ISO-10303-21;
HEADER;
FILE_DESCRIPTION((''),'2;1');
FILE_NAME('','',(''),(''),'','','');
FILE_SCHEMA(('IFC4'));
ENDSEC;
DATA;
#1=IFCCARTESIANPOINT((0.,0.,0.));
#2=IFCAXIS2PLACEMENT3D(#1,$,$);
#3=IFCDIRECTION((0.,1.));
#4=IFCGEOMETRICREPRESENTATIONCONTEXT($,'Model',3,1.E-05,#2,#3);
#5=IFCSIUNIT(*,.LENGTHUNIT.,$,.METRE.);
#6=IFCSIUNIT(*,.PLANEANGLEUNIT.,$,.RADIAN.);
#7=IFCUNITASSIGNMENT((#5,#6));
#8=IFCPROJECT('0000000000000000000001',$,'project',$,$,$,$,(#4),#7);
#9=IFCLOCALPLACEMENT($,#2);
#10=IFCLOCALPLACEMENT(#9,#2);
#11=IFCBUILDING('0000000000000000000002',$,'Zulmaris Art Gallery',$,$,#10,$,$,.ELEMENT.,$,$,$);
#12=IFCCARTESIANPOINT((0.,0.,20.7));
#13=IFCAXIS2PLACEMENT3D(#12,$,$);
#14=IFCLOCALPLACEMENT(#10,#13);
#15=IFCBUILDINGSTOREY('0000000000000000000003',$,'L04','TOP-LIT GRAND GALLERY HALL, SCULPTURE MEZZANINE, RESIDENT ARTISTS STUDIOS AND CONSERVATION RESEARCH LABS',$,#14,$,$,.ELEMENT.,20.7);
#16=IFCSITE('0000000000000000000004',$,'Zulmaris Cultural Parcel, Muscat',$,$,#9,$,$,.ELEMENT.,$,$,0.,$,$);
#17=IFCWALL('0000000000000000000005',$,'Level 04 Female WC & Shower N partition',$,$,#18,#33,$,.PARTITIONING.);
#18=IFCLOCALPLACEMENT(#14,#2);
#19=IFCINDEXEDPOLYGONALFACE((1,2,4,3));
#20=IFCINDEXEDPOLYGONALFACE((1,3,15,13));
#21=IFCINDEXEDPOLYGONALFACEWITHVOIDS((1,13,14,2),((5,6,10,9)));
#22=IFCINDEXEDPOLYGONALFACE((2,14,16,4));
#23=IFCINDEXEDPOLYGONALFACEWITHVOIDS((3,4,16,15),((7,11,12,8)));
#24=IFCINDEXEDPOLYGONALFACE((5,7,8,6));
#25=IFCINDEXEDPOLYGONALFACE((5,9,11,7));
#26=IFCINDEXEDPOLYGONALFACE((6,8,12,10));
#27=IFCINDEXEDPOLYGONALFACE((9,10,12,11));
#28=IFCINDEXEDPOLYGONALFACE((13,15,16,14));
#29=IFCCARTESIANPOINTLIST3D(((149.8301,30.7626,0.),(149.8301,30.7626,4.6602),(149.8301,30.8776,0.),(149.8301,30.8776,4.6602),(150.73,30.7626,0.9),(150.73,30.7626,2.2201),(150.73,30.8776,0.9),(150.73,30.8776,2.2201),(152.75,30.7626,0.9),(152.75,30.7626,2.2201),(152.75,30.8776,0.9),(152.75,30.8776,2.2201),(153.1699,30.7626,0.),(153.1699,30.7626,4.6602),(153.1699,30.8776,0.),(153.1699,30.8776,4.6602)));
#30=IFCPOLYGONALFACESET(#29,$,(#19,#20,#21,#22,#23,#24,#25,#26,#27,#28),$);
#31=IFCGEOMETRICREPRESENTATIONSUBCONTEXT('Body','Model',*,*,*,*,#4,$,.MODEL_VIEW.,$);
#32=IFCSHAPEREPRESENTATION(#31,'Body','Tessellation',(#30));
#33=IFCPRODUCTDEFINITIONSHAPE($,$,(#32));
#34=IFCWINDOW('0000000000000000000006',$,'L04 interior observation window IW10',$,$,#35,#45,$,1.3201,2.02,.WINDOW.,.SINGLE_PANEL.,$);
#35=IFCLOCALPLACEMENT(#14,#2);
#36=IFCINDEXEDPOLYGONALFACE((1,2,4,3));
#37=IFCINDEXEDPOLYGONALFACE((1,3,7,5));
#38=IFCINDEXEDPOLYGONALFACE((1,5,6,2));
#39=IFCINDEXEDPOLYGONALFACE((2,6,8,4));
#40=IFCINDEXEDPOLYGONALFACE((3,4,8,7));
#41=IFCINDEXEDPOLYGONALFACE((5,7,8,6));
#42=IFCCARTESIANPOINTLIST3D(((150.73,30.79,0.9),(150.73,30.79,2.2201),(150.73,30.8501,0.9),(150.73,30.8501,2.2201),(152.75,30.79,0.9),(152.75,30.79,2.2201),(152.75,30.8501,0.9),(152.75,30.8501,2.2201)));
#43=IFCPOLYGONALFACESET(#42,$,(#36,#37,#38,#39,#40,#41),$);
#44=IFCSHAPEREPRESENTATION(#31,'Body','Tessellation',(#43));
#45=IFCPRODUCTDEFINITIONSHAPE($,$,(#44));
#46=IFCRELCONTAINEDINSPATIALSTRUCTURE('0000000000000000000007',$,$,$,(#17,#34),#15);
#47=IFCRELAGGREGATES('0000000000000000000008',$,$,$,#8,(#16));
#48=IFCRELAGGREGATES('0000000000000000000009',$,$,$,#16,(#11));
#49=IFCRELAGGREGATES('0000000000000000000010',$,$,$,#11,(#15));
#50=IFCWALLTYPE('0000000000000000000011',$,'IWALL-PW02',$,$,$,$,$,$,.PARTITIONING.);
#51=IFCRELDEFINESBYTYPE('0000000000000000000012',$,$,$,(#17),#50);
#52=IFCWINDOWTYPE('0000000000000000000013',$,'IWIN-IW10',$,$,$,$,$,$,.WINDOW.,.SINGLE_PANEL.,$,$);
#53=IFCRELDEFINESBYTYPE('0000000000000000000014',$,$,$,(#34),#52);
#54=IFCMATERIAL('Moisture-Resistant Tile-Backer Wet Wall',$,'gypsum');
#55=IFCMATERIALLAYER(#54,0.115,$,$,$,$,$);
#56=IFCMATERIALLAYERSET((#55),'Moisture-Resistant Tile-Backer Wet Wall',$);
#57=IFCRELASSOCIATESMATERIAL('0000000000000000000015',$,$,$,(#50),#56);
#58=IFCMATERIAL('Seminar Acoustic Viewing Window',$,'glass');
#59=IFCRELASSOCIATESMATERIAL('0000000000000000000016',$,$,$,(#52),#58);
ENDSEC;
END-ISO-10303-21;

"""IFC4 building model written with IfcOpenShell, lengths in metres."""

from ifc_helpers import new_model, si_unit, direction, frame, frame_2d, origin, place, context, subcontext, project, spatial, rectangle, extrude, material, layer, layer_set, type_object, element, fill, save


model = new_model("IFC4")

# Units and contexts
model_context = context("Model", 3, precision=1e-05, world=origin(), true_north=direction((0.0, 1.0)))
body_context = subcontext(model_context, "Body", "Model", "MODEL_VIEW")
ifc_project = project(units=[si_unit("LENGTHUNIT", "METRE"), si_unit("PLANEANGLEUNIT", "RADIAN")], contexts=[model_context])

# Site, building, storey
site_placement = place(None, origin())
site = spatial("IfcSite", under=ifc_project, at=site_placement, Name="Zulmaris Cultural Parcel, Muscat", CompositionType="ELEMENT", RefElevation=0.0)
building_placement = place(site_placement, origin())
building = spatial("IfcBuilding", under=site, at=building_placement, Name="Zulmaris Art Gallery", CompositionType="ELEMENT")
storey_placement = place(building_placement, frame((0.0, 0.0, 20.7)))
storey = spatial("IfcBuildingStorey", under=building, at=storey_placement, Name="L04", Description="TOP-LIT GRAND GALLERY HALL, SCULPTURE MEZZANINE, RESIDENT ARTISTS STUDIOS AND CONSERVATION RESEARCH LABS", CompositionType="ELEMENT", Elevation=20.7)

# Shared definitions
ifc_material_1 = material(Name="Moisture-Resistant Tile-Backer Wet Wall", Category="gypsum")
ifc_layer = layer(ifc_material_1, 0.115)
ifc_layer_set = layer_set([ifc_layer], Name="Moisture-Resistant Tile-Backer Wet Wall")
wall_type = type_object("IfcWallType", Name="IWALL-PW02", PredefinedType="PARTITIONING", material=ifc_layer_set)

# Wall, opening, window
ifc_material_2 = material(Name="Seminar Acoustic Viewing Window", Category="glass")
window_type_1 = type_object("IfcWindowType", Name="IWIN-IW10", PartitioningType="SINGLE_PANEL", PredefinedType="WINDOW", material=ifc_material_2)
wall_1_placement = place(storey_placement, frame((149.8301, 30.8201, 0.0), z_axis=(0.0, 0.0, 1.0), x_axis=(1.0, 0.0, 0.0)))
wall_1 = element("IfcWall", 1, at=wall_1_placement, inside=storey, type_object=wall_type, Name="Level 04 Female WC & Shower N partition", PredefinedType="PARTITIONING", context=body_context, shape_type="SweptSolid", body=[
    extrude(rectangle(XDim=3.3398, YDim=0.115, at=frame_2d((1.6699, 0.0))), origin(), (0.0, 0.0, 1.0), 4.6602),
])
opening_1_placement = place(wall_1_placement, frame((0.8999, 0.0, 0.8999)))
opening_1 = element("IfcOpeningElement", 2, at=opening_1_placement, cuts=wall_1, PredefinedType="OPENING", context=body_context, shape_type="SweptSolid", body=[
    extrude(rectangle(XDim=2.02, YDim=1.3201, at=frame_2d((1.01, 0.6602))), frame((0.0, 0.0674, 0.0), z_axis=(0.0, -1.0, 0.0), x_axis=(1.0, 0.0, 0.0)), (0.0, 0.0, 1.0), 0.135),
])
window_1_placement = place(opening_1_placement, origin())
window_1 = element("IfcWindow", 3, at=window_1_placement, inside=storey, type_object=window_type_1, Name="L04 interior observation window IW10", OverallHeight=1.3201, OverallWidth=2.02, PartitioningType="SINGLE_PANEL", PredefinedType="WINDOW", context=body_context, shape_type="SweptSolid", body=[
    extrude(rectangle(XDim=2.02, YDim=1.3201, at=frame_2d((1.01, 0.6602))), frame((0.0, 0.03, 0.0), z_axis=(0.0, -1.0, 0.0), x_axis=(1.0, 0.0, 0.0)), (0.0, 0.0, 1.0), 0.0601),
])
fill(opening_1, window_1)

save(model, "model.ifc")
